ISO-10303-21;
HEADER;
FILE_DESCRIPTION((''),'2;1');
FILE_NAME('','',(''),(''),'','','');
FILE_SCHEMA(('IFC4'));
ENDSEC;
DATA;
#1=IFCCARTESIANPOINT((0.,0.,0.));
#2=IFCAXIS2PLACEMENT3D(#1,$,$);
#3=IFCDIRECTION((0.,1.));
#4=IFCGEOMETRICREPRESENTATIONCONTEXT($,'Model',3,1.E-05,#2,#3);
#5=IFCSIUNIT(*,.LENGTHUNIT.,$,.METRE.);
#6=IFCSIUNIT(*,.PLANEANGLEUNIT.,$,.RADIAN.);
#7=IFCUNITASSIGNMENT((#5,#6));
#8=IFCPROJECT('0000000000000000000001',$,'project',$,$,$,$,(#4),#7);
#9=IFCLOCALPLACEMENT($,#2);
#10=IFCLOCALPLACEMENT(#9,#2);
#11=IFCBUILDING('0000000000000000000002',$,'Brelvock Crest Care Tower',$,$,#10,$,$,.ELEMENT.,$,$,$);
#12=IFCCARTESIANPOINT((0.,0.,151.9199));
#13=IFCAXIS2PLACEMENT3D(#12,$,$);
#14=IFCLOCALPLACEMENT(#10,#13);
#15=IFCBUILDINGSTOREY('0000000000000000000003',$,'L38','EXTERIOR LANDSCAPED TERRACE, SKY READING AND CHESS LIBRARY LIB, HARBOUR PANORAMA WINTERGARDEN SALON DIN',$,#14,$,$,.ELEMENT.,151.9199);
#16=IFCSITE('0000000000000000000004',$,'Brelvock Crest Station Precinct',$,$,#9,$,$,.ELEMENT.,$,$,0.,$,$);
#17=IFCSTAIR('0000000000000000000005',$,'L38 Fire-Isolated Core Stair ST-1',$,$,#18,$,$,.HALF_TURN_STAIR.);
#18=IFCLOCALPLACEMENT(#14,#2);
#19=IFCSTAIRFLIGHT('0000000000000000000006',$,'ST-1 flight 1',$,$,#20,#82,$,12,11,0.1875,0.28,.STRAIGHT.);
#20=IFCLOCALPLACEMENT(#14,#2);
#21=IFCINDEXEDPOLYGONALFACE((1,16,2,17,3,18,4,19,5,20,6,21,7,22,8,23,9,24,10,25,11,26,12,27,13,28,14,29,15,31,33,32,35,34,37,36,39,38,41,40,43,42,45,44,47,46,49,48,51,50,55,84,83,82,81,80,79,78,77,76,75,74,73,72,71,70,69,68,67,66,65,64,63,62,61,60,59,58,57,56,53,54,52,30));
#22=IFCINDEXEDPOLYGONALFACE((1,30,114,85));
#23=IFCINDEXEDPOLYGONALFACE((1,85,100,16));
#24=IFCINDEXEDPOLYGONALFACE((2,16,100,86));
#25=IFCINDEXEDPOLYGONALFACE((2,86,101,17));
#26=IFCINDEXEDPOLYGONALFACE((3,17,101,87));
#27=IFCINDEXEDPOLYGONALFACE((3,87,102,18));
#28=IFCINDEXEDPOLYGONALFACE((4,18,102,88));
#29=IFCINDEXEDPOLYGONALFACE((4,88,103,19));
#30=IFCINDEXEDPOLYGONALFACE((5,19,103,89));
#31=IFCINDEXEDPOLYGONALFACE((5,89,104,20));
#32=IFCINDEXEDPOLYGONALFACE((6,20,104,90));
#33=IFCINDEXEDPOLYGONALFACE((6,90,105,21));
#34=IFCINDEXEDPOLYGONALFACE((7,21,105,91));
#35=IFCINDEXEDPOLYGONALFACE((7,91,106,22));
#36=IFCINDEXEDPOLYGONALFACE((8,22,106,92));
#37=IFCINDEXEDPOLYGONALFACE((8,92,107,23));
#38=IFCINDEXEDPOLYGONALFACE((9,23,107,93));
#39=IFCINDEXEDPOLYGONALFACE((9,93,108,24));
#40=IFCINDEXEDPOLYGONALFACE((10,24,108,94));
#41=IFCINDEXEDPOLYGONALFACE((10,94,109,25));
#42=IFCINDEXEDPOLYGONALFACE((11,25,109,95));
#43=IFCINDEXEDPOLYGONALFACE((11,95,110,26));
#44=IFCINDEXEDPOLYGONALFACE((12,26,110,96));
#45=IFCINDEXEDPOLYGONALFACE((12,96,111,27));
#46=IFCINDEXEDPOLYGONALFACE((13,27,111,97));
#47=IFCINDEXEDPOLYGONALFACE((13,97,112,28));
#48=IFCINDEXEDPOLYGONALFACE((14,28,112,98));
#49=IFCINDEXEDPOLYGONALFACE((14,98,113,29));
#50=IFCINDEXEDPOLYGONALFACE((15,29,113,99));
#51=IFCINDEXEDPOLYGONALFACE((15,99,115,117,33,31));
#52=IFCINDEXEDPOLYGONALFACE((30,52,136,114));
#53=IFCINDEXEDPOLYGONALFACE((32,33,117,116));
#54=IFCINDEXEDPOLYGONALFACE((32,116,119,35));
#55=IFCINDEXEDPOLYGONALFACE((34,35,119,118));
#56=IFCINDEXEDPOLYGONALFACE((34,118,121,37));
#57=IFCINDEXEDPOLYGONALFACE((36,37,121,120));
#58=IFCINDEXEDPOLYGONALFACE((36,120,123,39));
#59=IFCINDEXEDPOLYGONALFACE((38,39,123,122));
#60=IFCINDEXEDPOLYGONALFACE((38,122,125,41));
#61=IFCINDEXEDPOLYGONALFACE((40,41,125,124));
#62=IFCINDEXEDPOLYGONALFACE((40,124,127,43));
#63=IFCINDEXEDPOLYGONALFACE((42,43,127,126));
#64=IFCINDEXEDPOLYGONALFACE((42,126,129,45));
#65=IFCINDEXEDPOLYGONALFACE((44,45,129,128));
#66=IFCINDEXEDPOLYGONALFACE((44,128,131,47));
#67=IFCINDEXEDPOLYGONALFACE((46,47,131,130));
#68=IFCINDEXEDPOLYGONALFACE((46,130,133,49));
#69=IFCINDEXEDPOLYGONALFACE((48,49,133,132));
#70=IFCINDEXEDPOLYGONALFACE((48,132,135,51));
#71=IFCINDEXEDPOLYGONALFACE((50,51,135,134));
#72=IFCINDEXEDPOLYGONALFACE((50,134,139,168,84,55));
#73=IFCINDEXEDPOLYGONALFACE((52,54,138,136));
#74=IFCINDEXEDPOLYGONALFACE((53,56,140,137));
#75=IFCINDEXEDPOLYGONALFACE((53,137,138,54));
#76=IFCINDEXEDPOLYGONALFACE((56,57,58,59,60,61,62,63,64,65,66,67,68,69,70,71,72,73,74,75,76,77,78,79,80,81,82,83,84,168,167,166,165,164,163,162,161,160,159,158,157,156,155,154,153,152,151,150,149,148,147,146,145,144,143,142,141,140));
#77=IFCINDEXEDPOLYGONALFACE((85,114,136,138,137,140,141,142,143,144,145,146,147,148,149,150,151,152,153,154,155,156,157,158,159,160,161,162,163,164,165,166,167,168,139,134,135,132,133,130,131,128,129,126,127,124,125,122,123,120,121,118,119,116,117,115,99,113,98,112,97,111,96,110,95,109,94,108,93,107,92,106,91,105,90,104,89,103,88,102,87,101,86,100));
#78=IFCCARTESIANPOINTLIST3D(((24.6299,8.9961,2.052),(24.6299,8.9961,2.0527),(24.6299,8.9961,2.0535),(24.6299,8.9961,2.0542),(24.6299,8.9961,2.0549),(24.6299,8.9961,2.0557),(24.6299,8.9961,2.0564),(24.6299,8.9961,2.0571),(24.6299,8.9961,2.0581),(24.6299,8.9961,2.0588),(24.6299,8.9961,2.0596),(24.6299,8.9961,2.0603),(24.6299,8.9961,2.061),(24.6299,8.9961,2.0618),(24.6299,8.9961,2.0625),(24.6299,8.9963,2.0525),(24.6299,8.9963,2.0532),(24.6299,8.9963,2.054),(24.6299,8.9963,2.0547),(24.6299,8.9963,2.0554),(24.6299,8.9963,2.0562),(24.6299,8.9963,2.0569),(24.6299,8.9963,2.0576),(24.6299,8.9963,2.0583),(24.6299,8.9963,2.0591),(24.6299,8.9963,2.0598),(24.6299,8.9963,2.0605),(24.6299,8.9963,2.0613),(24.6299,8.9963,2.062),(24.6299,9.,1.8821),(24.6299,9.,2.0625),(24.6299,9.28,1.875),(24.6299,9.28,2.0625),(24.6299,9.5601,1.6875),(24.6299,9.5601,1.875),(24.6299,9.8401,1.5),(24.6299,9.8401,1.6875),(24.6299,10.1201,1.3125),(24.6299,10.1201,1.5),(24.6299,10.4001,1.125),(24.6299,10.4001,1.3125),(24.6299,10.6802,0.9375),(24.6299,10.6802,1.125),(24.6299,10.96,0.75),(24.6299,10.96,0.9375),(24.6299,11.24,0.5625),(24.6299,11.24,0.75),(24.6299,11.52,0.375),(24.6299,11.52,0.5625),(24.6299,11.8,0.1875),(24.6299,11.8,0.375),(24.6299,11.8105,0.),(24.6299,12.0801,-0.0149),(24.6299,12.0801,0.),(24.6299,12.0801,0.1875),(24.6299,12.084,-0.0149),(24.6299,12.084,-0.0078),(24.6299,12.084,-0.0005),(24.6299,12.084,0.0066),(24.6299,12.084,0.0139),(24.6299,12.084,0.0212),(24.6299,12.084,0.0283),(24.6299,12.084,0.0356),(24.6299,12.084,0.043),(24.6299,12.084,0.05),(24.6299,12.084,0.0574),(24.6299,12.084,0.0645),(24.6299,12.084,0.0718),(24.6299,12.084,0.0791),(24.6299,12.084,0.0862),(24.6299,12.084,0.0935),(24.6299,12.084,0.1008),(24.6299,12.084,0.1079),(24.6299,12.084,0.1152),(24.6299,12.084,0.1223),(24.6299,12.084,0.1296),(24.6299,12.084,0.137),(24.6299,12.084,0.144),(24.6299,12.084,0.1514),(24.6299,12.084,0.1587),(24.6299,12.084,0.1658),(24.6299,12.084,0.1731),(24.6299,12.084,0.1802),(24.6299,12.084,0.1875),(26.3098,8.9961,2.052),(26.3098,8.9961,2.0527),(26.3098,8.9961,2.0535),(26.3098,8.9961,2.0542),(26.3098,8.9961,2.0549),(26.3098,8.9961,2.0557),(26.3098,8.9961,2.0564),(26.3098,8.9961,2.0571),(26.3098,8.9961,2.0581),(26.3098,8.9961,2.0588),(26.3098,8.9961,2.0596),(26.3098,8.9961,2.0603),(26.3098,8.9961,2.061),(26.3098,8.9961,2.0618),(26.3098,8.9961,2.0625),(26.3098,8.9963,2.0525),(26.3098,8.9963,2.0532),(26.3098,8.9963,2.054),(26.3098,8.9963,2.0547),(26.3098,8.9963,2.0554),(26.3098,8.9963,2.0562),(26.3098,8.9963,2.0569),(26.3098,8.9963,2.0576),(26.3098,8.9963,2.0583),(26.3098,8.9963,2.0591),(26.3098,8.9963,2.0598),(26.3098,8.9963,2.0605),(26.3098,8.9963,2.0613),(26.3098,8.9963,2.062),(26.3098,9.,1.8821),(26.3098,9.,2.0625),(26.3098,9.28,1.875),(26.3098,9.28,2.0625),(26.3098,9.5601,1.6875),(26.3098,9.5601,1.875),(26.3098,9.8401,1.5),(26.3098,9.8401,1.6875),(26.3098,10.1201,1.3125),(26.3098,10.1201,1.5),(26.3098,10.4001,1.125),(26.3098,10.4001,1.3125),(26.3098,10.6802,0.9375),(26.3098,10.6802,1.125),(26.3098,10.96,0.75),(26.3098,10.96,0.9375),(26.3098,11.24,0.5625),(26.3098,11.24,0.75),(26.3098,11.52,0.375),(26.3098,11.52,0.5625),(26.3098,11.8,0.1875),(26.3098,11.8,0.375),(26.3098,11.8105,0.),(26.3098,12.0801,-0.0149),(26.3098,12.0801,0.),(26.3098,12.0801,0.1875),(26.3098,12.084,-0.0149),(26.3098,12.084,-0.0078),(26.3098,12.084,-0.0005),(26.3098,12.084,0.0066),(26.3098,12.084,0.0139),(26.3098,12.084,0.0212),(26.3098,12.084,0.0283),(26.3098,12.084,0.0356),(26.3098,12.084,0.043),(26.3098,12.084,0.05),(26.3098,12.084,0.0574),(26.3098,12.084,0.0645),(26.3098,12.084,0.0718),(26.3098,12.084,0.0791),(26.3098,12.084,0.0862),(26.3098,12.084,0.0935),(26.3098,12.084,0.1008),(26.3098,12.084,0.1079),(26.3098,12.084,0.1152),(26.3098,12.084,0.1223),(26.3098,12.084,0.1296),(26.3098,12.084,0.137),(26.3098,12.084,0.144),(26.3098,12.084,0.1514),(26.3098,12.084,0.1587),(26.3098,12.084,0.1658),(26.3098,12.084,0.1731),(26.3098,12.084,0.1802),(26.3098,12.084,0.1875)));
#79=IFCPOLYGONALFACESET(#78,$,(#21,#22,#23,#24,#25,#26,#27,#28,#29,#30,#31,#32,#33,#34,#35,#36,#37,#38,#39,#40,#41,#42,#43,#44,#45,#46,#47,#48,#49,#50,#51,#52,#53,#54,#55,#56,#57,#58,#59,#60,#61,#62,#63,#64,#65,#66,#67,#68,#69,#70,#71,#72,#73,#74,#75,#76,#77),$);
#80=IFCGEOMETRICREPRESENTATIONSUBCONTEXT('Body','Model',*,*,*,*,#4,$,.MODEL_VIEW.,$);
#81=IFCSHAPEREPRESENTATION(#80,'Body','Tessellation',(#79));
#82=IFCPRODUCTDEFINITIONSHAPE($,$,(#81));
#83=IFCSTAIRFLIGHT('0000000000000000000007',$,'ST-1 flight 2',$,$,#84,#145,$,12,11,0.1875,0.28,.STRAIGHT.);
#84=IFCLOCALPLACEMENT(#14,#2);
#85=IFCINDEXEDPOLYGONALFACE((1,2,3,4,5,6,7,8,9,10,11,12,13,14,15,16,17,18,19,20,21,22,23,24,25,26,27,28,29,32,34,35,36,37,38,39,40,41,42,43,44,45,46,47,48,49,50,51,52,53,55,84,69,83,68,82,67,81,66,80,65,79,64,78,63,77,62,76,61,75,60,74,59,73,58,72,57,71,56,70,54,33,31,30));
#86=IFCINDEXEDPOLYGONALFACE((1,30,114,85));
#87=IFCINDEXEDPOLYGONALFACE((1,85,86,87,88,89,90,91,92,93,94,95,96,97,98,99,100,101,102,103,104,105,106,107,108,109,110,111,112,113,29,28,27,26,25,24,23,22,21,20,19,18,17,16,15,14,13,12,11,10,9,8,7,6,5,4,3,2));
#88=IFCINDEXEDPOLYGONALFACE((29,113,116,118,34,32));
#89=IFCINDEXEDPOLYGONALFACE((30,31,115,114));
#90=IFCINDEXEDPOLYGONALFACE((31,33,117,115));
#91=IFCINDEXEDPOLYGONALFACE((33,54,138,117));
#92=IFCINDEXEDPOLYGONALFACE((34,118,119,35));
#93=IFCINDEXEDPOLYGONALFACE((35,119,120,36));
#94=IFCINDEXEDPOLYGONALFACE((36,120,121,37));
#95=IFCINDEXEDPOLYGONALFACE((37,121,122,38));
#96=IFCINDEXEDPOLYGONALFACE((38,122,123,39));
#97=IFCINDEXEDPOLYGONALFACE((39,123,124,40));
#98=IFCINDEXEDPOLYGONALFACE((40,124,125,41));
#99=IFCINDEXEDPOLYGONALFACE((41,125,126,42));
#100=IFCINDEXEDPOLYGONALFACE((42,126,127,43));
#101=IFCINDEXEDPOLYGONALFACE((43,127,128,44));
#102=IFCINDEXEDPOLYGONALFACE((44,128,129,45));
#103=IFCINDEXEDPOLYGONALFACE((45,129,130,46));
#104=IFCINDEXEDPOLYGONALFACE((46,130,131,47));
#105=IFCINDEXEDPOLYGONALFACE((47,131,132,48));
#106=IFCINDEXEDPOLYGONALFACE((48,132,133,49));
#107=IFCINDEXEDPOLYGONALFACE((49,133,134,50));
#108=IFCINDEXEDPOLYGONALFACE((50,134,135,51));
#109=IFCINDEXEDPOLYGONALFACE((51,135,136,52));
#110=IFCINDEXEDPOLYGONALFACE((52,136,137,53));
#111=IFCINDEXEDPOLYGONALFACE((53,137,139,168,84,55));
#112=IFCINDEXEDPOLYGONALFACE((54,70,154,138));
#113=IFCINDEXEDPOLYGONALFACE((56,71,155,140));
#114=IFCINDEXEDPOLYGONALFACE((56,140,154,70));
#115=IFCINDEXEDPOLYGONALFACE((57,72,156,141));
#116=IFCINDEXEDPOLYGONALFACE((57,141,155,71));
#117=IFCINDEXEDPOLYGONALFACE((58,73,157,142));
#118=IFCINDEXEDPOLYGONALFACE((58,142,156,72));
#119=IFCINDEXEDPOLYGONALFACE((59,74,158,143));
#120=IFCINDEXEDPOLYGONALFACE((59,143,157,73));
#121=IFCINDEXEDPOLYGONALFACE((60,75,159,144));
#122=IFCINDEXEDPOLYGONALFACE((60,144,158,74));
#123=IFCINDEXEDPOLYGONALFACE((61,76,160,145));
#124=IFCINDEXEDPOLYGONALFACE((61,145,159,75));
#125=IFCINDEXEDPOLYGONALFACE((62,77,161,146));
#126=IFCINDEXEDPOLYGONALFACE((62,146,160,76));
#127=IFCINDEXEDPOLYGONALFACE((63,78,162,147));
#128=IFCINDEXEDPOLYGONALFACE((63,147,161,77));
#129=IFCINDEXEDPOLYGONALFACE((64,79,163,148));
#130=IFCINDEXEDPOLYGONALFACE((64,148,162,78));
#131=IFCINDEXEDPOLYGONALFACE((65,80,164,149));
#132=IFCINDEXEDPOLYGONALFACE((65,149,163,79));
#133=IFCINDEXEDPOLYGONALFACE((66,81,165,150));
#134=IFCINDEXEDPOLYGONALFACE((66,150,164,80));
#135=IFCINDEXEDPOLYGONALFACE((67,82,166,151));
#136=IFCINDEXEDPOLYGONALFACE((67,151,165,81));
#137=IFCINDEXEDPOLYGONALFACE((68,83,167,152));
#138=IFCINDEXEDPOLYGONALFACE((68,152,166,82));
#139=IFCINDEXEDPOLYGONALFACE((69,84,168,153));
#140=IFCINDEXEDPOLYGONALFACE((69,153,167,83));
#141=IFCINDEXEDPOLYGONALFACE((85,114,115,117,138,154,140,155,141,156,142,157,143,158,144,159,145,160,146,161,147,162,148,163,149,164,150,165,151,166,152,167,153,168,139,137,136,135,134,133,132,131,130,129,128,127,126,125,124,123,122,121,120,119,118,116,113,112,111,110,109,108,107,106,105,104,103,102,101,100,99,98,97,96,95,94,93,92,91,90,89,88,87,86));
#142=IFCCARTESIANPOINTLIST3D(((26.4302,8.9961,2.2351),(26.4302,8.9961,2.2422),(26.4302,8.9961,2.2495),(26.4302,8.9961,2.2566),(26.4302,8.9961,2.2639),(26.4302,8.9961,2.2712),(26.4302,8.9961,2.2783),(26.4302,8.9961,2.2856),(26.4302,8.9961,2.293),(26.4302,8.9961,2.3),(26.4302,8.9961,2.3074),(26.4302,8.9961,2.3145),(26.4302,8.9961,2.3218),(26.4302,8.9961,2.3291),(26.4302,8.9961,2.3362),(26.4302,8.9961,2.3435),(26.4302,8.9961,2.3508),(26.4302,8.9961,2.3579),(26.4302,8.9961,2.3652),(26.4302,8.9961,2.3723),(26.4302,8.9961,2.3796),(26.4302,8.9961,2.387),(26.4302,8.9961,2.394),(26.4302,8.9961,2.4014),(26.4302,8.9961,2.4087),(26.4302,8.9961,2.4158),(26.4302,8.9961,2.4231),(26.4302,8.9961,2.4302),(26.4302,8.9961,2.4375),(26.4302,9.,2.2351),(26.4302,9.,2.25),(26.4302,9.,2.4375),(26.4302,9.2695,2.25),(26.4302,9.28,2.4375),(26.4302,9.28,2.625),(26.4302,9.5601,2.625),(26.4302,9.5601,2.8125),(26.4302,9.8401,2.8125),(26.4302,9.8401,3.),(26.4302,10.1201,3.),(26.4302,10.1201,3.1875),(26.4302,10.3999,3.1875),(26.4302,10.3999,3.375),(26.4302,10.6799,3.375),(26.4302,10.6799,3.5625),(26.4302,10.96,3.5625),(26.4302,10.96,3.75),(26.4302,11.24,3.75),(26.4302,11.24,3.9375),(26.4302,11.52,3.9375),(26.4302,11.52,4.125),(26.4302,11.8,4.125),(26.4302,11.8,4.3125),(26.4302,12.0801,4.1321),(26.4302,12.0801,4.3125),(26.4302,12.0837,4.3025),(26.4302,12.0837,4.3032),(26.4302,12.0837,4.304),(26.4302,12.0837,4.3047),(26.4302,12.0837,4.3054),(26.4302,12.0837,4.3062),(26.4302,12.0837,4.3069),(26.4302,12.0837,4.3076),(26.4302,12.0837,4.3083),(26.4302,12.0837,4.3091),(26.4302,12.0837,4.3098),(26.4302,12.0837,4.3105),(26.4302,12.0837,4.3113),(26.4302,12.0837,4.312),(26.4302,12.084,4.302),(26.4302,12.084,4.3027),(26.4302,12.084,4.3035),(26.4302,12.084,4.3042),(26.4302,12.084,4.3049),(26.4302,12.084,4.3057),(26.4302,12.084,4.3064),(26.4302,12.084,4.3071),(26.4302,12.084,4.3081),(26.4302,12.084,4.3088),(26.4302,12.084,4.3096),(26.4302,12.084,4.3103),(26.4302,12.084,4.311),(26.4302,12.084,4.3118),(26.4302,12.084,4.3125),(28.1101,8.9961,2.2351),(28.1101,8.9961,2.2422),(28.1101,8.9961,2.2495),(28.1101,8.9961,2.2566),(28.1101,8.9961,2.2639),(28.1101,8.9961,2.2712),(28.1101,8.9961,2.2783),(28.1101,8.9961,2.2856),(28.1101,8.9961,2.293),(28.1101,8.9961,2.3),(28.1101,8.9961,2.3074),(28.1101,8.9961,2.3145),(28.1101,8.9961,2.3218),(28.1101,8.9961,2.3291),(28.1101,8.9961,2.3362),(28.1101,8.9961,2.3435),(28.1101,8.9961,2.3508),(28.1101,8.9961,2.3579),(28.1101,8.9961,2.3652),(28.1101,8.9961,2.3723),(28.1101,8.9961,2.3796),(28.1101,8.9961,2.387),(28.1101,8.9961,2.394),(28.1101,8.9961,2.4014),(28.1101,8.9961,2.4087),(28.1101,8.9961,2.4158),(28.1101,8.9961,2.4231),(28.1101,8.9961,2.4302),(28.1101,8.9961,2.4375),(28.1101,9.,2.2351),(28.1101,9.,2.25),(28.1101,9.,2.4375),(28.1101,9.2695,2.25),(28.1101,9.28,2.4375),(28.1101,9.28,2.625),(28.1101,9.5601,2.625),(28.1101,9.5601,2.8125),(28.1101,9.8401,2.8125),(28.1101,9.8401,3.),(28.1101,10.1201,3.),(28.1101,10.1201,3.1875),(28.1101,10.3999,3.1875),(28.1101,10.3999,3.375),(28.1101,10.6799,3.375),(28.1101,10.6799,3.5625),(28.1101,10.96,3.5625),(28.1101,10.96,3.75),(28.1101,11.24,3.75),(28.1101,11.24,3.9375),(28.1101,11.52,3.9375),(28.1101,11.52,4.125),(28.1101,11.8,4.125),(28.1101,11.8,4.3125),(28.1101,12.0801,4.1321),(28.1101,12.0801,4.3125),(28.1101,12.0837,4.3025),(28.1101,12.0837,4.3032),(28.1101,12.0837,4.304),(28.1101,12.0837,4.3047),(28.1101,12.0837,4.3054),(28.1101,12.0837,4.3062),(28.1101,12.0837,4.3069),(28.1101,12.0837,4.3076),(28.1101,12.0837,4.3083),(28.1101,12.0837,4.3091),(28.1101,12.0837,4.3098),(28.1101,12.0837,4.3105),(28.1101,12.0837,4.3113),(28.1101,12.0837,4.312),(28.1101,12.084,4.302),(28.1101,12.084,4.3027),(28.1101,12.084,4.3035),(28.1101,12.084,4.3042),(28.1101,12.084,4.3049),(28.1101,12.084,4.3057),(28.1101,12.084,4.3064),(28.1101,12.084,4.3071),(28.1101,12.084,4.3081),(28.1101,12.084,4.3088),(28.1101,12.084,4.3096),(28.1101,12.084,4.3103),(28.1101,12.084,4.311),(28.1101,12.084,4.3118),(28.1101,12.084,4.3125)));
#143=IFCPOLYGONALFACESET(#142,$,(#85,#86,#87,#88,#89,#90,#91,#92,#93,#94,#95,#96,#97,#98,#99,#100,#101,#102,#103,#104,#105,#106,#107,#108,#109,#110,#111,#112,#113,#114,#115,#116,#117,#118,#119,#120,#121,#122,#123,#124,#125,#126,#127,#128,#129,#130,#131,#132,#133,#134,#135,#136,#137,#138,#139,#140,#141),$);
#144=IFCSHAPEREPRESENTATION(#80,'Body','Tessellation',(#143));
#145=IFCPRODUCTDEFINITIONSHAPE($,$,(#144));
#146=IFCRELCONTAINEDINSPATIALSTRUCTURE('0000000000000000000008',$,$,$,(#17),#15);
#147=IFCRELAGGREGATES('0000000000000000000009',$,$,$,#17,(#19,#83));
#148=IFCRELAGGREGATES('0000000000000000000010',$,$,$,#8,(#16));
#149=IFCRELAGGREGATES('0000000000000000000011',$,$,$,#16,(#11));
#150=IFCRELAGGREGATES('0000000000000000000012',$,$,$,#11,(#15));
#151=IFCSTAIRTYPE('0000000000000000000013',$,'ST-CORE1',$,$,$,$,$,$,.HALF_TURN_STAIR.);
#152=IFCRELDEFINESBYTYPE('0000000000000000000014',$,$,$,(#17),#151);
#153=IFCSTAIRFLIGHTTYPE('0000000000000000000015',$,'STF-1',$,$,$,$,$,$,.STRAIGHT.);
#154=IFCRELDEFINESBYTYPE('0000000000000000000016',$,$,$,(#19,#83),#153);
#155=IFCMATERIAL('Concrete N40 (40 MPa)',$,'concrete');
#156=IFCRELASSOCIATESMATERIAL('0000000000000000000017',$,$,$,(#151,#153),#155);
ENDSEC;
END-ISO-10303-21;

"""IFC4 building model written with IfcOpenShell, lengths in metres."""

from ifc_helpers import new_model, si_unit, direction, frame, origin, place, context, subcontext, project, spatial, polyline, outline, extrude, material, type_object, element, aggregate, save


model = new_model("IFC4")

# Units and contexts
model_context = context("Model", 3, precision=1e-05, world=origin(), true_north=direction((0.0, 1.0)))
body_context = subcontext(model_context, "Body", "Model", "MODEL_VIEW")
ifc_project = project(units=[si_unit("LENGTHUNIT", "METRE"), si_unit("PLANEANGLEUNIT", "RADIAN")], contexts=[model_context])

# Site, building, storey
site_placement = place(None, origin())
site = spatial("IfcSite", under=ifc_project, at=site_placement, Name="Brelvock Crest Station Precinct", CompositionType="ELEMENT", RefElevation=0.0)
building_placement = place(site_placement, origin())
building = spatial("IfcBuilding", under=site, at=building_placement, Name="Brelvock Crest Care Tower", CompositionType="ELEMENT")
storey_placement = place(building_placement, frame((0.0, 0.0, 151.9199)))
storey = spatial("IfcBuildingStorey", under=building, at=storey_placement, Name="L38", Description="EXTERIOR LANDSCAPED TERRACE, SKY READING AND CHESS LIBRARY LIB, HARBOUR PANORAMA WINTERGARDEN SALON DIN", CompositionType="ELEMENT", Elevation=151.9199)

# Stair, stair flights
ifc_material_1 = material(Name="Concrete N40 (40 MPa)", Category="concrete")
stair_type = type_object("IfcStairType", Name="ST-CORE1", PredefinedType="HALF_TURN_STAIR", material=ifc_material_1)
stair_placement = place(storey_placement, origin())
stair = element("IfcStair", 1, at=stair_placement, inside=storey, type_object=stair_type, Name="L38 Fire-Isolated Core Stair ST-1", PredefinedType="HALF_TURN_STAIR")
stair_flight_type = type_object("IfcStairFlightType", Name="STF-1", PredefinedType="STRAIGHT", material=ifc_material_1)
stair_flight_1_placement = place(storey_placement, frame((25.47, 12.0801, 0.0), z_axis=(0.0, 0.0, 1.0), x_axis=(0.0, -1.0, 0.0)))
stair_flight_1 = element("IfcStairFlight", 2, at=stair_flight_1_placement, type_object=stair_flight_type, Name="ST-1 flight 1", NumberOfRisers=12, NumberOfTreads=11, PredefinedType="STRAIGHT", RiserHeight=0.1875, TreadLength=0.28, context=body_context, shape_type="SweptSolid", body=[
    extrude(outline(polyline([(-0.0039, -0.0149), (-0.0039, -0.0078), (-0.0039, -0.0005), (-0.0039, 0.0066), (-0.0039, 0.0139), (-0.0039, 0.0212), (-0.0039, 0.0283), (-0.0039, 0.0356), (-0.0039, 0.043), (-0.0039, 0.05), (-0.0039, 0.0574), (-0.0039, 0.0645), (-0.0039, 0.0718), (-0.0039, 0.0791), (-0.0039, 0.0862), (-0.0039, 0.0935), (-0.0039, 0.1008), (-0.0039, 0.1079), (-0.0039, 0.1152), (-0.0039, 0.1223), (-0.0039, 0.1296), (-0.0039, 0.137), (-0.0039, 0.144), (-0.0039, 0.1514), (-0.0039, 0.1587), (-0.0039, 0.1658), (-0.0039, 0.1731), (-0.0039, 0.1802), (-0.0039, 0.1875), (0.0, 0.1875), (0.28, 0.1875), (0.28, 0.375), (0.5601, 0.375), (0.5601, 0.5625), (0.8401, 0.5625), (0.8401, 0.75), (1.1201, 0.75), (1.1201, 0.9375), (1.3999, 0.9375), (1.3999, 1.125), (1.6799, 1.125), (1.6799, 1.3125), (1.96, 1.3125), (1.96, 1.5), (2.24, 1.5), (2.24, 1.6875), (2.52, 1.6875), (2.52, 1.875), (2.8, 1.875), (2.8, 2.0625), (3.0801, 2.0625), (3.084, 2.0625), (3.0837, 2.062), (3.084, 2.0618), (3.0837, 2.0613), (3.084, 2.061), (3.0837, 2.0605), (3.084, 2.0603), (3.0837, 2.0598), (3.084, 2.0596), (3.0837, 2.0591), (3.084, 2.0588), (3.0837, 2.0583), (3.084, 2.0581), (3.0837, 2.0576), (3.084, 2.0571), (3.0837, 2.0569), (3.084, 2.0564), (3.0837, 2.0562), (3.084, 2.0557), (3.0837, 2.0554), (3.084, 2.0549), (3.0837, 2.0547), (3.084, 2.0542), (3.0837, 2.054), (3.084, 2.0535), (3.0837, 2.0532), (3.084, 2.0527), (3.0837, 2.0525), (3.084, 2.052), (3.0801, 1.8821), (0.2695, 0.0), (0.0, 0.0), (0.0, -0.0149), (-0.0039, -0.0149)])), frame((0.0, 0.8398, 0.0), z_axis=(0.0, -1.0, 0.0), x_axis=(1.0, 0.0, 0.0)), (0.0, 0.0, 1.0), 1.6799),
])
stair_flight_2_placement = place(storey_placement, frame((27.27, 9.0, 2.25), z_axis=(0.0, 0.0, 1.0), x_axis=(0.0, 1.0, 0.0)))
stair_flight_2 = element("IfcStairFlight", 3, at=stair_flight_2_placement, type_object=stair_flight_type, Name="ST-1 flight 2", NumberOfRisers=12, NumberOfTreads=11, PredefinedType="STRAIGHT", RiserHeight=0.1875, TreadLength=0.28, context=body_context, shape_type="SweptSolid", body=[
    extrude(outline(polyline([(-0.0039, -0.0149), (-0.0039, -0.0078), (-0.0039, -0.0005), (-0.0039, 0.0066), (-0.0039, 0.0139), (-0.0039, 0.0212), (-0.0039, 0.0283), (-0.0039, 0.0356), (-0.0039, 0.043), (-0.0039, 0.05), (-0.0039, 0.0574), (-0.0039, 0.0645), (-0.0039, 0.0718), (-0.0039, 0.0791), (-0.0039, 0.0862), (-0.0039, 0.0935), (-0.0039, 0.1008), (-0.0039, 0.1079), (-0.0039, 0.1152), (-0.0039, 0.1223), (-0.0039, 0.1296), (-0.0039, 0.137), (-0.0039, 0.144), (-0.0039, 0.1514), (-0.0039, 0.1587), (-0.0039, 0.1658), (-0.0039, 0.1731), (-0.0039, 0.1802), (-0.0039, 0.1875), (0.0, 0.1875), (0.28, 0.1875), (0.28, 0.375), (0.5601, 0.375), (0.5601, 0.5625), (0.8401, 0.5625), (0.8401, 0.75), (1.1201, 0.75), (1.1201, 0.9375), (1.3999, 0.9375), (1.3999, 1.125), (1.6799, 1.125), (1.6799, 1.3125), (1.96, 1.3125), (1.96, 1.5), (2.24, 1.5), (2.24, 1.6875), (2.52, 1.6875), (2.52, 1.875), (2.8, 1.875), (2.8, 2.0625), (3.0801, 2.0625), (3.084, 2.0625), (3.0837, 2.062), (3.084, 2.0618), (3.0837, 2.0613), (3.084, 2.061), (3.0837, 2.0605), (3.084, 2.0603), (3.0837, 2.0598), (3.084, 2.0596), (3.0837, 2.0591), (3.084, 2.0588), (3.0837, 2.0583), (3.084, 2.0581), (3.0837, 2.0576), (3.084, 2.0571), (3.0837, 2.0569), (3.084, 2.0564), (3.0837, 2.0562), (3.084, 2.0557), (3.0837, 2.0554), (3.084, 2.0549), (3.0837, 2.0547), (3.084, 2.0542), (3.0837, 2.054), (3.084, 2.0535), (3.0837, 2.0532), (3.084, 2.0527), (3.0837, 2.0525), (3.084, 2.052), (3.0801, 1.8821), (0.2695, 0.0), (0.0, 0.0), (0.0, -0.0149), (-0.0039, -0.0149)])), frame((0.0, 0.8398, 0.0), z_axis=(0.0, -1.0, 0.0), x_axis=(1.0, 0.0, 0.0)), (0.0, 0.0, 1.0), 1.6799),
])
aggregate(stair, [stair_flight_1, stair_flight_2])

save(model, "model.ifc")
